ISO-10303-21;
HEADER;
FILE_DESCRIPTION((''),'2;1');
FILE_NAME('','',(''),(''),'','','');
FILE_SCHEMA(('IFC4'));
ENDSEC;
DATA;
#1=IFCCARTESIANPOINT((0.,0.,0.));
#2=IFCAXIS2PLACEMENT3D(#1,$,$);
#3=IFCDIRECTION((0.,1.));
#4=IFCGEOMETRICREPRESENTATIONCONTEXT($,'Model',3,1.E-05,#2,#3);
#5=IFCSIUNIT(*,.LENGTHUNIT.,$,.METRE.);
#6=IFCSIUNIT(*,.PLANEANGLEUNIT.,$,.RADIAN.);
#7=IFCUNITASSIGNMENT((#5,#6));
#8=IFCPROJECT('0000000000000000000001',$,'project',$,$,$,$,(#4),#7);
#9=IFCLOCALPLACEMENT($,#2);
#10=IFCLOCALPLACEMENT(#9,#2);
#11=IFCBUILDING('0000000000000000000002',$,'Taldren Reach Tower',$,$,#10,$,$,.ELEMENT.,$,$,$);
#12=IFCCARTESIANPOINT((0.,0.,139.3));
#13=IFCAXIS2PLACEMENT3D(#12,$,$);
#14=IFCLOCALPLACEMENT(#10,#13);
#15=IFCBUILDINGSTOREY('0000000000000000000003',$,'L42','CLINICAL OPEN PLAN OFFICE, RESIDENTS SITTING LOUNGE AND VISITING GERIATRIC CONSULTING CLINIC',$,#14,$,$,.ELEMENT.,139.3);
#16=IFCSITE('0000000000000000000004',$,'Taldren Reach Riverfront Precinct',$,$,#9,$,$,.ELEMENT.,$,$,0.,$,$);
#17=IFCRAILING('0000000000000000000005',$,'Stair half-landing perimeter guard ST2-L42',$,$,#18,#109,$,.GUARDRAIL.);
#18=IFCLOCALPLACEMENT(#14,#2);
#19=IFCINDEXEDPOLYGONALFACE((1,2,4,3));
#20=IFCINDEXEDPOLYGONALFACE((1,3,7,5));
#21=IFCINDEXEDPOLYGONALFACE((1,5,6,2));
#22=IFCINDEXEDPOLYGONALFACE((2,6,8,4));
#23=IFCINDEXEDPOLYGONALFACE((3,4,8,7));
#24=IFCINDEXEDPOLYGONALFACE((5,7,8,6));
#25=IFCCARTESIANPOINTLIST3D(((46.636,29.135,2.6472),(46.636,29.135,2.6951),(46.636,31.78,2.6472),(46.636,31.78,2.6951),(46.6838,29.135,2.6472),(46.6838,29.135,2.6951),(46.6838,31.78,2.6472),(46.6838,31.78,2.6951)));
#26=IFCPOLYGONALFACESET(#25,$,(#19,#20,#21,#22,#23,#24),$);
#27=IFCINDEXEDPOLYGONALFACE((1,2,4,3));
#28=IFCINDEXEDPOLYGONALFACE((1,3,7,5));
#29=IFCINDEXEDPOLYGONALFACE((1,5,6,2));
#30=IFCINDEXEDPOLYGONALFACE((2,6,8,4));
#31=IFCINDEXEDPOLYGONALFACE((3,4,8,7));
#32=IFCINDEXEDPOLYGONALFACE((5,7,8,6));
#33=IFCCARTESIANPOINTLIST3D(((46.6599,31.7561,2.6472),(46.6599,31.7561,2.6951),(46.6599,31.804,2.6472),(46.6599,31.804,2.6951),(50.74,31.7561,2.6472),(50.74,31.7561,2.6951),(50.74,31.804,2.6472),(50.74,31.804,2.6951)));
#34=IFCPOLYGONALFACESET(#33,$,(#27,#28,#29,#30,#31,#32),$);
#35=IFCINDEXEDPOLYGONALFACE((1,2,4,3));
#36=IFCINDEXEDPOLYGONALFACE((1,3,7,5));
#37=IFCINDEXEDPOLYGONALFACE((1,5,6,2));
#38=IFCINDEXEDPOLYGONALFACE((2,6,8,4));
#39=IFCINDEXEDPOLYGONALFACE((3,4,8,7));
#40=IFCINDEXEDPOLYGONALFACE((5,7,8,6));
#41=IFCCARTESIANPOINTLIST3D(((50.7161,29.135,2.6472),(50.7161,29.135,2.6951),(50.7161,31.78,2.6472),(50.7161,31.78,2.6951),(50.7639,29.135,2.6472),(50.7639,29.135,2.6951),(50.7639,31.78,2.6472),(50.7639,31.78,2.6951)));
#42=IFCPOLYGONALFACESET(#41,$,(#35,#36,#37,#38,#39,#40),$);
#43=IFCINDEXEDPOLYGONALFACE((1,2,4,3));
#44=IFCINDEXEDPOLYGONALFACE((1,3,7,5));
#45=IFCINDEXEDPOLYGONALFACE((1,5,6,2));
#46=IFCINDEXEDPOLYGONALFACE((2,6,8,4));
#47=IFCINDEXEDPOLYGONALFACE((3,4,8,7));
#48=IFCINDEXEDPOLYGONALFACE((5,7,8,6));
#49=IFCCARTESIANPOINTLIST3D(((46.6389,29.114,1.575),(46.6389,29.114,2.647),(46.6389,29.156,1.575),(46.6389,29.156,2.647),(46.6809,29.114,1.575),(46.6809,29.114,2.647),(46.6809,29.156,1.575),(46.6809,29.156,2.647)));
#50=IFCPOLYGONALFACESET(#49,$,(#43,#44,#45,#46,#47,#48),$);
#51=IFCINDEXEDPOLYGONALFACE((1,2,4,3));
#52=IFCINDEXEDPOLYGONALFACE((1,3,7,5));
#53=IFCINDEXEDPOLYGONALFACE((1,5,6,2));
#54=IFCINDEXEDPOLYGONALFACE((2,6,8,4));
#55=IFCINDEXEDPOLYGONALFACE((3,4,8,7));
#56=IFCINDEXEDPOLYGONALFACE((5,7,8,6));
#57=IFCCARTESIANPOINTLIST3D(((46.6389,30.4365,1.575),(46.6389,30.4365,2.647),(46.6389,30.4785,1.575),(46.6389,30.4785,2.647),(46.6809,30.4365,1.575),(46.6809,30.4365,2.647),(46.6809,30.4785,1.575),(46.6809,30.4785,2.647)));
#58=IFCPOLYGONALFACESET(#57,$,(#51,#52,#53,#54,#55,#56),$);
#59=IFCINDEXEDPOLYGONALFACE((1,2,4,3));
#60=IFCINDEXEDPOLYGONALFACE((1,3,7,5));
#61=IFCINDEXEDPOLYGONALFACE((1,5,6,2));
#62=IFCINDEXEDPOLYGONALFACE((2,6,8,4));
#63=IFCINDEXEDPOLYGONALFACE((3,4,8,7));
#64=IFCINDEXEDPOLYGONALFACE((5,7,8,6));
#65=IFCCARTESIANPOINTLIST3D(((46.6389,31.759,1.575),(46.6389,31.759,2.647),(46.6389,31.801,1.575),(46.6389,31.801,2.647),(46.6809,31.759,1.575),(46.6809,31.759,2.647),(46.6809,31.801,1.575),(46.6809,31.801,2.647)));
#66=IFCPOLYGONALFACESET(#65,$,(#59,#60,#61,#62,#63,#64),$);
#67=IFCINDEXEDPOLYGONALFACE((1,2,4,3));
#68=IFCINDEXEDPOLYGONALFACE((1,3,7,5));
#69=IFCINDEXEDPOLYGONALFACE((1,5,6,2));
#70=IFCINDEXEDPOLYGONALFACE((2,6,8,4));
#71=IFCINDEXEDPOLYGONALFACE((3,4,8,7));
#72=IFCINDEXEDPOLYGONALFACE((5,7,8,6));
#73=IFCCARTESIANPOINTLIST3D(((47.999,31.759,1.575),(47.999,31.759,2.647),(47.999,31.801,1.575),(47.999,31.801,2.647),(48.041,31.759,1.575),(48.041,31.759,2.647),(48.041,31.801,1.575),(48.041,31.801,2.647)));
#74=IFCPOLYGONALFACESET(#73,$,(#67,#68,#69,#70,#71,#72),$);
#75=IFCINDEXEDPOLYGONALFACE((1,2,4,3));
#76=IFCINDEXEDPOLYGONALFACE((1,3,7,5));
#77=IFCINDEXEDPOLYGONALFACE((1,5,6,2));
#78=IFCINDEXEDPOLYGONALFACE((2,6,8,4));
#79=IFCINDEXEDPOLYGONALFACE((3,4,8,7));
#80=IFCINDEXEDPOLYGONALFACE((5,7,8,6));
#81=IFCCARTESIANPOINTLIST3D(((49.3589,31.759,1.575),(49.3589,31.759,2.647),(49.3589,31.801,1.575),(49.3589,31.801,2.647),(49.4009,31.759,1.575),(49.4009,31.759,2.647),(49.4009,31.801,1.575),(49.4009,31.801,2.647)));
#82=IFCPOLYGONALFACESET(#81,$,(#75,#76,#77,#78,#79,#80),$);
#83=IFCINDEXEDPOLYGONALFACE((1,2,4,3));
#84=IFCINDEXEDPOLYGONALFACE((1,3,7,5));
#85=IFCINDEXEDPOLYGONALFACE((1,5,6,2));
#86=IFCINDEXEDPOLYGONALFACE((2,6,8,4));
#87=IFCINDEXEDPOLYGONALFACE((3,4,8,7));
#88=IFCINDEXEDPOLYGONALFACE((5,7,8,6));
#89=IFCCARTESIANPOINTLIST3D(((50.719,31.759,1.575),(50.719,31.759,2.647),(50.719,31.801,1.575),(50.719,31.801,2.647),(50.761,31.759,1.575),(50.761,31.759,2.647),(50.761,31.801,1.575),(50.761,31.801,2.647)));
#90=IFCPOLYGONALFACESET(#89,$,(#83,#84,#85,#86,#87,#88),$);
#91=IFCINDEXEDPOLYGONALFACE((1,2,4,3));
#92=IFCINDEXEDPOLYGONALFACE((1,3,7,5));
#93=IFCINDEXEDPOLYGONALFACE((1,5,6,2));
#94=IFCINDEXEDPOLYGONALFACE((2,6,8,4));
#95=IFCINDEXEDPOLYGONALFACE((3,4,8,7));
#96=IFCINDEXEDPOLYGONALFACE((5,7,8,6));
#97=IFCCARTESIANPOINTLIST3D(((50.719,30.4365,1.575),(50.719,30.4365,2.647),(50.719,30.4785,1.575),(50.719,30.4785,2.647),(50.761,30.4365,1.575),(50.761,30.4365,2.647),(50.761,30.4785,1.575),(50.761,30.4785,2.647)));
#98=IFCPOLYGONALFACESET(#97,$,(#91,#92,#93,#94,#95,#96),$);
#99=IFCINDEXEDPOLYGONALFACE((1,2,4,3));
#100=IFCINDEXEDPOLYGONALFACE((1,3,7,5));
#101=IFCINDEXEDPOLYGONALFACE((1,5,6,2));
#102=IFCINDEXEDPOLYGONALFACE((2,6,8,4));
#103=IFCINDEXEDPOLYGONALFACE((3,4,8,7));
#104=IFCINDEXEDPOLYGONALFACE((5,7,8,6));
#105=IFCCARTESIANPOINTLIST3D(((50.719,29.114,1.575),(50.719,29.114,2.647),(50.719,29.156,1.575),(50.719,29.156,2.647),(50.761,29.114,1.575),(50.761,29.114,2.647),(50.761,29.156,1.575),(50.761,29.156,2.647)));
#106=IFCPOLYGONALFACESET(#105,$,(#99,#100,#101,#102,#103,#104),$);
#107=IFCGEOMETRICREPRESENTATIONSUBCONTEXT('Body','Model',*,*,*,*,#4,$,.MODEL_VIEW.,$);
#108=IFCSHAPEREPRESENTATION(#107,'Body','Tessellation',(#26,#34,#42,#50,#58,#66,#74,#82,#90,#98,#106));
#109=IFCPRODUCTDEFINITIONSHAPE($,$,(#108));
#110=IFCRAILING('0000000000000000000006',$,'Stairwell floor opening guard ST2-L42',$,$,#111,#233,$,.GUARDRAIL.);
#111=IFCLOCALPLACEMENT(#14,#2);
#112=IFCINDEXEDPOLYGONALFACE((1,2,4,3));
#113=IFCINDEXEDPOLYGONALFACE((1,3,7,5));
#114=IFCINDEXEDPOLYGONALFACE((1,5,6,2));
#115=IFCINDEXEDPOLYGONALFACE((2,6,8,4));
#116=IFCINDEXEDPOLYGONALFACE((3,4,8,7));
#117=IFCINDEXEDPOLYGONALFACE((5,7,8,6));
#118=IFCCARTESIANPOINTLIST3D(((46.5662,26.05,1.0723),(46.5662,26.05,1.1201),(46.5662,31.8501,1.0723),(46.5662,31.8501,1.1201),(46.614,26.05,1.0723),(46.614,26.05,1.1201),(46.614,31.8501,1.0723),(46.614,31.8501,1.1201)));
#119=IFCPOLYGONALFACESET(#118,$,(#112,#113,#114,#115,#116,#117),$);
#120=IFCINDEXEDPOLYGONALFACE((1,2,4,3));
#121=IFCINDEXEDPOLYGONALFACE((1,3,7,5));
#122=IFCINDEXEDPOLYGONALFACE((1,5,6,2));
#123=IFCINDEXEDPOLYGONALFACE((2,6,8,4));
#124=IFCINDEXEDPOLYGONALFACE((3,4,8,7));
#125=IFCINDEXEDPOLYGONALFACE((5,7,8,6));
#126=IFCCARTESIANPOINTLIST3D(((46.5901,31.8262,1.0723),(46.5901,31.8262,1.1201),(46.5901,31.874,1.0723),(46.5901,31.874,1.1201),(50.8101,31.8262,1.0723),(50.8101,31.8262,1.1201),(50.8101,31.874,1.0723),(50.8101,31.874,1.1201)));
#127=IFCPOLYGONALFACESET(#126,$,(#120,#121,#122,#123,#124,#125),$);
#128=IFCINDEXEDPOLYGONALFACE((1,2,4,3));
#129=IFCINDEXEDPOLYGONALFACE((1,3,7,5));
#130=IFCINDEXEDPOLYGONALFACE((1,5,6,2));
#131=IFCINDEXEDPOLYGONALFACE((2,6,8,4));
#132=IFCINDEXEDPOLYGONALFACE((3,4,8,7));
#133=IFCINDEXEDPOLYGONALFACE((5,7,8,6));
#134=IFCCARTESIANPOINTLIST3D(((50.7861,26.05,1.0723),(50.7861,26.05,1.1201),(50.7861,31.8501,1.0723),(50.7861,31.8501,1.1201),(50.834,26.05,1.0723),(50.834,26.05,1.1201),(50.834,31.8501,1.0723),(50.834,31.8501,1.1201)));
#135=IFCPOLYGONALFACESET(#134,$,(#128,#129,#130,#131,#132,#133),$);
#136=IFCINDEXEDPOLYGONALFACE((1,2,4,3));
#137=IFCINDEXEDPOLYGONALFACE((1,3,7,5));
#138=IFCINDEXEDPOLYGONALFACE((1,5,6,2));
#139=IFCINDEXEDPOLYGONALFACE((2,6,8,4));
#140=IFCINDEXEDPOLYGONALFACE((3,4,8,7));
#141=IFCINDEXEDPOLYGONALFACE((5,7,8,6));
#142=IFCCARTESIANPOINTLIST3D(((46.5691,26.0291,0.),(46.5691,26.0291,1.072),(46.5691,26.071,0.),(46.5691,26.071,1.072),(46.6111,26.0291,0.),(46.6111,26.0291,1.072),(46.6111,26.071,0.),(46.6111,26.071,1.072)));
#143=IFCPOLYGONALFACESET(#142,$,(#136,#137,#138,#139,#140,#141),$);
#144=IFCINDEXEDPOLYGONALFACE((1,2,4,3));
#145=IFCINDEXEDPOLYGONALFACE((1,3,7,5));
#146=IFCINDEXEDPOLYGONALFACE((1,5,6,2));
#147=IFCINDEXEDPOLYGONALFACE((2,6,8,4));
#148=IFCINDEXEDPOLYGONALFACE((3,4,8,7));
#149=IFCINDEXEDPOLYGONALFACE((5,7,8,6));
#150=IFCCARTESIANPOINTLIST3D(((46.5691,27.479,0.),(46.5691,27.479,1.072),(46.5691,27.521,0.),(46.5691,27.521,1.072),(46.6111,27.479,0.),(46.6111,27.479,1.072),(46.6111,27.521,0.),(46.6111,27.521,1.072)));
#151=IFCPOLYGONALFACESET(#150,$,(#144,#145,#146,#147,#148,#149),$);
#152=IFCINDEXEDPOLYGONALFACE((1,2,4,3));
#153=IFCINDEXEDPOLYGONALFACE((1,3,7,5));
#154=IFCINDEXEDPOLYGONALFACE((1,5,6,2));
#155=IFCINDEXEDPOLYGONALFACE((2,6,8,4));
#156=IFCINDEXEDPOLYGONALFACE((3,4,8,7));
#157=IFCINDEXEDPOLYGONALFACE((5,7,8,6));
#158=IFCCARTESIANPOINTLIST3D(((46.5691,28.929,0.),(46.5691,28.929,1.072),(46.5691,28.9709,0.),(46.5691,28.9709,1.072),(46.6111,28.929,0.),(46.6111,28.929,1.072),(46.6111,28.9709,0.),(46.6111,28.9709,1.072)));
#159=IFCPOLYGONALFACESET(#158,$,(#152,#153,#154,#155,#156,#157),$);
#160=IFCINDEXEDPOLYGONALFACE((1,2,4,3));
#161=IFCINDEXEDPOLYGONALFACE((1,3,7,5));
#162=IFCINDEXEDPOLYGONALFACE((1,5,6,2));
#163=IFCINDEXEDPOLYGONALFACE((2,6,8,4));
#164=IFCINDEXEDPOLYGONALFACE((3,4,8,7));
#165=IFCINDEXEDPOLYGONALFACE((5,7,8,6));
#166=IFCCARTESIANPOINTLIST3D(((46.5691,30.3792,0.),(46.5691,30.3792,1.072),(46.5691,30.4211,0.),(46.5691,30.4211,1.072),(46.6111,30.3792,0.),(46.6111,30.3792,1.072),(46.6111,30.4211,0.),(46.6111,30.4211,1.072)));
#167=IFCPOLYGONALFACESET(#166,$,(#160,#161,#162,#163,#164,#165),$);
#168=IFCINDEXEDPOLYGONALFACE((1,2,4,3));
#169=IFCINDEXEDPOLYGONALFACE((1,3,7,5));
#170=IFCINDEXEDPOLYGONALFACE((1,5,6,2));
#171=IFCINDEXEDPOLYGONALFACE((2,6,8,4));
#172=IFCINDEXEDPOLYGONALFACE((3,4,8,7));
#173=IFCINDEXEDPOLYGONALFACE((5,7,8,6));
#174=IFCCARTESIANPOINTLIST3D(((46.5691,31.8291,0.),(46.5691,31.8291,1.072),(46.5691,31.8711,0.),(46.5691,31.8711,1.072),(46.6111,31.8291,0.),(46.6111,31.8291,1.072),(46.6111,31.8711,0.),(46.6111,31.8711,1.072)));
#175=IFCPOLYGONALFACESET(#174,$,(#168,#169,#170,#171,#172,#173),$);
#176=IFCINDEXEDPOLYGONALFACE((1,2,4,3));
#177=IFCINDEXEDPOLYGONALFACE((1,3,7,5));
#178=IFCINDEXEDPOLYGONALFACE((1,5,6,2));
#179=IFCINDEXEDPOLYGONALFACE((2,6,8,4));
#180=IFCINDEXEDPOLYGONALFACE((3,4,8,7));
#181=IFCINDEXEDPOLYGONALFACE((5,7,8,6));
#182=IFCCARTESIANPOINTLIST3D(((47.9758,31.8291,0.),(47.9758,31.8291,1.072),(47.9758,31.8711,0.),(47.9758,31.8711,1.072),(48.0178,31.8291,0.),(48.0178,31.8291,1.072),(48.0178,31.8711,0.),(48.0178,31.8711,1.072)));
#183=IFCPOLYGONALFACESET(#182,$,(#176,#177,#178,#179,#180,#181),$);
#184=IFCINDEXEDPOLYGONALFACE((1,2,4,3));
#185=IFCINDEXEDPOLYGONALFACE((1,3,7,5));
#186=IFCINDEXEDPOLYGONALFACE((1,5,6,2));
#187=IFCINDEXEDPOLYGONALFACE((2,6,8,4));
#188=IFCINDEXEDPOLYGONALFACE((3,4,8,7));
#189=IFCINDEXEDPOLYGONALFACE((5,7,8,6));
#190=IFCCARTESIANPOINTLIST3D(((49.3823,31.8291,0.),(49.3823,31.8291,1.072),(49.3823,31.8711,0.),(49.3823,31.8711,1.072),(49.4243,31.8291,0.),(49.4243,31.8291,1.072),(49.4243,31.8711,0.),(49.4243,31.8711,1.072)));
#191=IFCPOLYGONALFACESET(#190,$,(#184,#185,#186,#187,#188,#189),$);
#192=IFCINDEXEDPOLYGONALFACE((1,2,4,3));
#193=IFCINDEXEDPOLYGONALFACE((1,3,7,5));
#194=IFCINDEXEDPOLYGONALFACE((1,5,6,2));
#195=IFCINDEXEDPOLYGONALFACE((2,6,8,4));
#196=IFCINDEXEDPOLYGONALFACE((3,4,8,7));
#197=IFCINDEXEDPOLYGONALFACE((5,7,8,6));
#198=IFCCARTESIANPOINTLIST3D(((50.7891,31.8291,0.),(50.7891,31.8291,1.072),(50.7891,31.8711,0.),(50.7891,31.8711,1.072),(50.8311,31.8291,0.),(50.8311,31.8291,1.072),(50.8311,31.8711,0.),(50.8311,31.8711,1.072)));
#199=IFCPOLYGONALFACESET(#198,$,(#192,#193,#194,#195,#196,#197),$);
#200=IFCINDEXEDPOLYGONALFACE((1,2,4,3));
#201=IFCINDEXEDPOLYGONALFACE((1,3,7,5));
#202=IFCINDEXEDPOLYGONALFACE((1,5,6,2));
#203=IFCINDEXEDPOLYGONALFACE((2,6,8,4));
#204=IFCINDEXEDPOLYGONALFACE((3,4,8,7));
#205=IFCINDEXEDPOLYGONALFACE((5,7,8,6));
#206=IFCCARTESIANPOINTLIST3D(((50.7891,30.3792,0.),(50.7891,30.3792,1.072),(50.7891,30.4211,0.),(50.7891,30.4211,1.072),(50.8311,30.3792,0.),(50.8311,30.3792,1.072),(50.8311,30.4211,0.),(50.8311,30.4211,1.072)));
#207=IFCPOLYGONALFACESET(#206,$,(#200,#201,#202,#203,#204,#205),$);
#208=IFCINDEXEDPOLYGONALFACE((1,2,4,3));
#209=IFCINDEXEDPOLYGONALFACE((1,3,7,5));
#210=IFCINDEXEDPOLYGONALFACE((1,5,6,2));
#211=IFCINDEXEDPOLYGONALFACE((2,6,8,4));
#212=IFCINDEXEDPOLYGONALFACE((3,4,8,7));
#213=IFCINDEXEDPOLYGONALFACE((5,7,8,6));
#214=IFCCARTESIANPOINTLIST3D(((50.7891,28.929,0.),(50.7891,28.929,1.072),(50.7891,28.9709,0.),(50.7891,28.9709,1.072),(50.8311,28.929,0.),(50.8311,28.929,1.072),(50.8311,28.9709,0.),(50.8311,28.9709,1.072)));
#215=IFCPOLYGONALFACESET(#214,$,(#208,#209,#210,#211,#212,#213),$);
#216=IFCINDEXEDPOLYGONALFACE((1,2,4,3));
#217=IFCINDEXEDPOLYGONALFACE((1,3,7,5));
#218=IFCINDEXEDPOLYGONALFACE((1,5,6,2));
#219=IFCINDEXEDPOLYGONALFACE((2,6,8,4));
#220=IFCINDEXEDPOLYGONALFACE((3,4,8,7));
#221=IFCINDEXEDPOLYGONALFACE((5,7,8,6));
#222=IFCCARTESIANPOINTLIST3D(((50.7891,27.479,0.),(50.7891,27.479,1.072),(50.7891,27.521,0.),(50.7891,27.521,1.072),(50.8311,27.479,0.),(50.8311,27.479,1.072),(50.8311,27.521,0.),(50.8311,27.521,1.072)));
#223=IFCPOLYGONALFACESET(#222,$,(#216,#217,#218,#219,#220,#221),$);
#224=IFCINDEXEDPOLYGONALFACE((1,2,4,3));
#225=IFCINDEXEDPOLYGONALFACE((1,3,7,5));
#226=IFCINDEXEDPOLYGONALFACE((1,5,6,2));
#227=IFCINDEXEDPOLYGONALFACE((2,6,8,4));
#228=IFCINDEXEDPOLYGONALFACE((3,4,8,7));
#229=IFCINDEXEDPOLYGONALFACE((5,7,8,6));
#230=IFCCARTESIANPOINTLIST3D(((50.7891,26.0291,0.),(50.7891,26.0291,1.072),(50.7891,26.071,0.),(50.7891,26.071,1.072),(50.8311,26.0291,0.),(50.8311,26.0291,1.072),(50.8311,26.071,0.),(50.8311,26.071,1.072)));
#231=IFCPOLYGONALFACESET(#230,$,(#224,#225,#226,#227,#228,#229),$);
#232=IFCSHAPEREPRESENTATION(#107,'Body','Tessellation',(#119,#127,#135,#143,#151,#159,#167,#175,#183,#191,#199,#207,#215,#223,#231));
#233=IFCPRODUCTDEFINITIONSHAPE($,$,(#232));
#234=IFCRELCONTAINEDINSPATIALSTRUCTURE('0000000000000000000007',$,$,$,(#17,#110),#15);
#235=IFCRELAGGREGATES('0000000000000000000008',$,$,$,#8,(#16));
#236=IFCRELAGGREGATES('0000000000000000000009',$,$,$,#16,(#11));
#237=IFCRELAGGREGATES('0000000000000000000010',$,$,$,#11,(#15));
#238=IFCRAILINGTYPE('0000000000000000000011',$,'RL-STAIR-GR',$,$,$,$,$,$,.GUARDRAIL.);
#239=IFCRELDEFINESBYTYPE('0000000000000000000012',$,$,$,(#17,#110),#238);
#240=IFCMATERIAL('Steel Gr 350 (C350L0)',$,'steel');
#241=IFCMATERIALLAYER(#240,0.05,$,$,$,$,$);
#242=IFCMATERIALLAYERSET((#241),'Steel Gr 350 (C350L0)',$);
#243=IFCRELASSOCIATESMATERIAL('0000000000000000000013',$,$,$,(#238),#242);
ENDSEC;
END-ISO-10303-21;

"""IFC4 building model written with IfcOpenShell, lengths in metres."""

from ifc_helpers import new_model, si_unit, direction, frame, origin, origin_2d, place, context, subcontext, project, spatial, rectangle, extrude, material, layer, layer_set, type_object, element, save


model = new_model("IFC4")

# Units and contexts
model_context = context("Model", 3, precision=1e-05, world=origin(), true_north=direction((0.0, 1.0)))
body_context = subcontext(model_context, "Body", "Model", "MODEL_VIEW")
ifc_project = project(units=[si_unit("LENGTHUNIT", "METRE"), si_unit("PLANEANGLEUNIT", "RADIAN")], contexts=[model_context])

# Site, building, storey
site_placement = place(None, origin())
site = spatial("IfcSite", under=ifc_project, at=site_placement, Name="Taldren Reach Riverfront Precinct", CompositionType="ELEMENT", RefElevation=0.0)
building_placement = place(site_placement, origin())
building = spatial("IfcBuilding", under=site, at=building_placement, Name="Taldren Reach Tower", CompositionType="ELEMENT")
storey_placement = place(building_placement, frame((0.0, 0.0, 139.3)))
storey = spatial("IfcBuildingStorey", under=building, at=storey_placement, Name="L42", Description="CLINICAL OPEN PLAN OFFICE, RESIDENTS SITTING LOUNGE AND VISITING GERIATRIC CONSULTING CLINIC", CompositionType="ELEMENT", Elevation=139.3)

# Shared definitions
ifc_material_1 = material(Name="Steel Gr 350 (C350L0)", Category="steel")

# Railings
ifc_layer_1 = layer(ifc_material_1, 0.05)
ifc_layer_set_1 = layer_set([ifc_layer_1], Name="Steel Gr 350 (C350L0)")
railing_type_1 = type_object("IfcRailingType", Name="RL-STAIR-GR", PredefinedType="GUARDRAIL", material=ifc_layer_set_1)
railing_1_placement = place(storey_placement, frame((46.6599, 29.135, 1.575)))
element("IfcRailing", 1, at=railing_1_placement, inside=storey, type_object=railing_type_1, Name="Stair half-landing perimeter guard ST2-L42", PredefinedType="GUARDRAIL", context=body_context, shape_type="SweptSolid", body=[
    extrude(rectangle(XDim=0.0479, YDim=0.0479, at=origin_2d()), frame((0.0, 0.0, 1.0962), z_axis=(0.0, 1.0, 0.0), x_axis=(-1.0, 0.0, 0.0)), (0.0, 0.0, 1.0), 2.645),
    extrude(rectangle(XDim=0.0479, YDim=0.0479, at=origin_2d()), frame((0.0, 2.645, 1.0962), z_axis=(1.0, 0.0, 0.0), x_axis=(0.0, 1.0, 0.0)), (0.0, 0.0, 1.0), 4.0801),
    extrude(rectangle(XDim=0.0479, YDim=0.0479, at=origin_2d()), frame((4.0801, 2.645, 1.0962), z_axis=(0.0, -1.0, 0.0), x_axis=(1.0, 0.0, 0.0)), (0.0, 0.0, 1.0), 2.645),
    extrude(rectangle(XDim=0.042, YDim=0.042, at=origin_2d()), origin(), (0.0, 0.0, 1.0), 1.072),
    extrude(rectangle(XDim=0.042, YDim=0.042, at=origin_2d()), frame((0.0, 1.3225, 0.0)), (0.0, 0.0, 1.0), 1.072),
    extrude(rectangle(XDim=0.042, YDim=0.042, at=origin_2d()), frame((0.0, 2.645, 0.0)), (0.0, 0.0, 1.0), 1.072),
    extrude(rectangle(XDim=0.042, YDim=0.042, at=origin_2d()), frame((1.3601, 2.645, 0.0)), (0.0, 0.0, 1.0), 1.072),
    extrude(rectangle(XDim=0.042, YDim=0.042, at=origin_2d()), frame((2.72, 2.645, 0.0)), (0.0, 0.0, 1.0), 1.072),
    extrude(rectangle(XDim=0.042, YDim=0.042, at=origin_2d()), frame((4.0801, 2.645, 0.0)), (0.0, 0.0, 1.0), 1.072),
    extrude(rectangle(XDim=0.042, YDim=0.042, at=origin_2d()), frame((4.0801, 1.3225, 0.0)), (0.0, 0.0, 1.0), 1.072),
    extrude(rectangle(XDim=0.042, YDim=0.042, at=origin_2d()), frame((4.0801, 0.0, 0.0)), (0.0, 0.0, 1.0), 1.072),
])
railing_2_placement = place(storey_placement, frame((46.5901, 26.05, 0.0)))
element("IfcRailing", 2, at=railing_2_placement, inside=storey, type_object=railing_type_1, Name="Stairwell floor opening guard ST2-L42", PredefinedType="GUARDRAIL", context=body_context, shape_type="SweptSolid", body=[
    extrude(rectangle(XDim=0.0479, YDim=0.0479, at=origin_2d()), frame((0.0, 0.0, 1.0962), z_axis=(0.0, 1.0, 0.0), x_axis=(-1.0, 0.0, 0.0)), (0.0, 0.0, 1.0), 5.8),
    extrude(rectangle(XDim=0.0479, YDim=0.0479, at=origin_2d()), frame((0.0, 5.8, 1.0962), z_axis=(1.0, 0.0, 0.0), x_axis=(0.0, 1.0, 0.0)), (0.0, 0.0, 1.0), 4.22),
    extrude(rectangle(XDim=0.0479, YDim=0.0479, at=origin_2d()), frame((4.22, 5.8, 1.0962), z_axis=(0.0, -1.0, 0.0), x_axis=(1.0, 0.0, 0.0)), (0.0, 0.0, 1.0), 5.8),
    extrude(rectangle(XDim=0.042, YDim=0.042, at=origin_2d()), origin(), (0.0, 0.0, 1.0), 1.072),
    extrude(rectangle(XDim=0.042, YDim=0.042, at=origin_2d()), frame((0.0, 1.45, 0.0)), (0.0, 0.0, 1.0), 1.072),
    extrude(rectangle(XDim=0.042, YDim=0.042, at=origin_2d()), frame((0.0, 2.8999, 0.0)), (0.0, 0.0, 1.0), 1.072),
    extrude(rectangle(XDim=0.042, YDim=0.042, at=origin_2d()), frame((0.0, 4.3501, 0.0)), (0.0, 0.0, 1.0), 1.072),
    extrude(rectangle(XDim=0.042, YDim=0.042, at=origin_2d()), frame((0.0, 5.8, 0.0)), (0.0, 0.0, 1.0), 1.072),
    extrude(rectangle(XDim=0.042, YDim=0.042, at=origin_2d()), frame((1.4067, 5.8, 0.0)), (0.0, 0.0, 1.0), 1.072),
    extrude(rectangle(XDim=0.042, YDim=0.042, at=origin_2d()), frame((2.8132, 5.8, 0.0)), (0.0, 0.0, 1.0), 1.072),
    extrude(rectangle(XDim=0.042, YDim=0.042, at=origin_2d()), frame((4.22, 5.8, 0.0)), (0.0, 0.0, 1.0), 1.072),
    extrude(rectangle(XDim=0.042, YDim=0.042, at=origin_2d()), frame((4.22, 4.3501, 0.0)), (0.0, 0.0, 1.0), 1.072),
    extrude(rectangle(XDim=0.042, YDim=0.042, at=origin_2d()), frame((4.22, 2.8999, 0.0)), (0.0, 0.0, 1.0), 1.072),
    extrude(rectangle(XDim=0.042, YDim=0.042, at=origin_2d()), frame((4.22, 1.45, 0.0)), (0.0, 0.0, 1.0), 1.072),
    extrude(rectangle(XDim=0.042, YDim=0.042, at=origin_2d()), frame((4.22, 0.0, 0.0)), (0.0, 0.0, 1.0), 1.072),
])

save(model, "model.ifc")
